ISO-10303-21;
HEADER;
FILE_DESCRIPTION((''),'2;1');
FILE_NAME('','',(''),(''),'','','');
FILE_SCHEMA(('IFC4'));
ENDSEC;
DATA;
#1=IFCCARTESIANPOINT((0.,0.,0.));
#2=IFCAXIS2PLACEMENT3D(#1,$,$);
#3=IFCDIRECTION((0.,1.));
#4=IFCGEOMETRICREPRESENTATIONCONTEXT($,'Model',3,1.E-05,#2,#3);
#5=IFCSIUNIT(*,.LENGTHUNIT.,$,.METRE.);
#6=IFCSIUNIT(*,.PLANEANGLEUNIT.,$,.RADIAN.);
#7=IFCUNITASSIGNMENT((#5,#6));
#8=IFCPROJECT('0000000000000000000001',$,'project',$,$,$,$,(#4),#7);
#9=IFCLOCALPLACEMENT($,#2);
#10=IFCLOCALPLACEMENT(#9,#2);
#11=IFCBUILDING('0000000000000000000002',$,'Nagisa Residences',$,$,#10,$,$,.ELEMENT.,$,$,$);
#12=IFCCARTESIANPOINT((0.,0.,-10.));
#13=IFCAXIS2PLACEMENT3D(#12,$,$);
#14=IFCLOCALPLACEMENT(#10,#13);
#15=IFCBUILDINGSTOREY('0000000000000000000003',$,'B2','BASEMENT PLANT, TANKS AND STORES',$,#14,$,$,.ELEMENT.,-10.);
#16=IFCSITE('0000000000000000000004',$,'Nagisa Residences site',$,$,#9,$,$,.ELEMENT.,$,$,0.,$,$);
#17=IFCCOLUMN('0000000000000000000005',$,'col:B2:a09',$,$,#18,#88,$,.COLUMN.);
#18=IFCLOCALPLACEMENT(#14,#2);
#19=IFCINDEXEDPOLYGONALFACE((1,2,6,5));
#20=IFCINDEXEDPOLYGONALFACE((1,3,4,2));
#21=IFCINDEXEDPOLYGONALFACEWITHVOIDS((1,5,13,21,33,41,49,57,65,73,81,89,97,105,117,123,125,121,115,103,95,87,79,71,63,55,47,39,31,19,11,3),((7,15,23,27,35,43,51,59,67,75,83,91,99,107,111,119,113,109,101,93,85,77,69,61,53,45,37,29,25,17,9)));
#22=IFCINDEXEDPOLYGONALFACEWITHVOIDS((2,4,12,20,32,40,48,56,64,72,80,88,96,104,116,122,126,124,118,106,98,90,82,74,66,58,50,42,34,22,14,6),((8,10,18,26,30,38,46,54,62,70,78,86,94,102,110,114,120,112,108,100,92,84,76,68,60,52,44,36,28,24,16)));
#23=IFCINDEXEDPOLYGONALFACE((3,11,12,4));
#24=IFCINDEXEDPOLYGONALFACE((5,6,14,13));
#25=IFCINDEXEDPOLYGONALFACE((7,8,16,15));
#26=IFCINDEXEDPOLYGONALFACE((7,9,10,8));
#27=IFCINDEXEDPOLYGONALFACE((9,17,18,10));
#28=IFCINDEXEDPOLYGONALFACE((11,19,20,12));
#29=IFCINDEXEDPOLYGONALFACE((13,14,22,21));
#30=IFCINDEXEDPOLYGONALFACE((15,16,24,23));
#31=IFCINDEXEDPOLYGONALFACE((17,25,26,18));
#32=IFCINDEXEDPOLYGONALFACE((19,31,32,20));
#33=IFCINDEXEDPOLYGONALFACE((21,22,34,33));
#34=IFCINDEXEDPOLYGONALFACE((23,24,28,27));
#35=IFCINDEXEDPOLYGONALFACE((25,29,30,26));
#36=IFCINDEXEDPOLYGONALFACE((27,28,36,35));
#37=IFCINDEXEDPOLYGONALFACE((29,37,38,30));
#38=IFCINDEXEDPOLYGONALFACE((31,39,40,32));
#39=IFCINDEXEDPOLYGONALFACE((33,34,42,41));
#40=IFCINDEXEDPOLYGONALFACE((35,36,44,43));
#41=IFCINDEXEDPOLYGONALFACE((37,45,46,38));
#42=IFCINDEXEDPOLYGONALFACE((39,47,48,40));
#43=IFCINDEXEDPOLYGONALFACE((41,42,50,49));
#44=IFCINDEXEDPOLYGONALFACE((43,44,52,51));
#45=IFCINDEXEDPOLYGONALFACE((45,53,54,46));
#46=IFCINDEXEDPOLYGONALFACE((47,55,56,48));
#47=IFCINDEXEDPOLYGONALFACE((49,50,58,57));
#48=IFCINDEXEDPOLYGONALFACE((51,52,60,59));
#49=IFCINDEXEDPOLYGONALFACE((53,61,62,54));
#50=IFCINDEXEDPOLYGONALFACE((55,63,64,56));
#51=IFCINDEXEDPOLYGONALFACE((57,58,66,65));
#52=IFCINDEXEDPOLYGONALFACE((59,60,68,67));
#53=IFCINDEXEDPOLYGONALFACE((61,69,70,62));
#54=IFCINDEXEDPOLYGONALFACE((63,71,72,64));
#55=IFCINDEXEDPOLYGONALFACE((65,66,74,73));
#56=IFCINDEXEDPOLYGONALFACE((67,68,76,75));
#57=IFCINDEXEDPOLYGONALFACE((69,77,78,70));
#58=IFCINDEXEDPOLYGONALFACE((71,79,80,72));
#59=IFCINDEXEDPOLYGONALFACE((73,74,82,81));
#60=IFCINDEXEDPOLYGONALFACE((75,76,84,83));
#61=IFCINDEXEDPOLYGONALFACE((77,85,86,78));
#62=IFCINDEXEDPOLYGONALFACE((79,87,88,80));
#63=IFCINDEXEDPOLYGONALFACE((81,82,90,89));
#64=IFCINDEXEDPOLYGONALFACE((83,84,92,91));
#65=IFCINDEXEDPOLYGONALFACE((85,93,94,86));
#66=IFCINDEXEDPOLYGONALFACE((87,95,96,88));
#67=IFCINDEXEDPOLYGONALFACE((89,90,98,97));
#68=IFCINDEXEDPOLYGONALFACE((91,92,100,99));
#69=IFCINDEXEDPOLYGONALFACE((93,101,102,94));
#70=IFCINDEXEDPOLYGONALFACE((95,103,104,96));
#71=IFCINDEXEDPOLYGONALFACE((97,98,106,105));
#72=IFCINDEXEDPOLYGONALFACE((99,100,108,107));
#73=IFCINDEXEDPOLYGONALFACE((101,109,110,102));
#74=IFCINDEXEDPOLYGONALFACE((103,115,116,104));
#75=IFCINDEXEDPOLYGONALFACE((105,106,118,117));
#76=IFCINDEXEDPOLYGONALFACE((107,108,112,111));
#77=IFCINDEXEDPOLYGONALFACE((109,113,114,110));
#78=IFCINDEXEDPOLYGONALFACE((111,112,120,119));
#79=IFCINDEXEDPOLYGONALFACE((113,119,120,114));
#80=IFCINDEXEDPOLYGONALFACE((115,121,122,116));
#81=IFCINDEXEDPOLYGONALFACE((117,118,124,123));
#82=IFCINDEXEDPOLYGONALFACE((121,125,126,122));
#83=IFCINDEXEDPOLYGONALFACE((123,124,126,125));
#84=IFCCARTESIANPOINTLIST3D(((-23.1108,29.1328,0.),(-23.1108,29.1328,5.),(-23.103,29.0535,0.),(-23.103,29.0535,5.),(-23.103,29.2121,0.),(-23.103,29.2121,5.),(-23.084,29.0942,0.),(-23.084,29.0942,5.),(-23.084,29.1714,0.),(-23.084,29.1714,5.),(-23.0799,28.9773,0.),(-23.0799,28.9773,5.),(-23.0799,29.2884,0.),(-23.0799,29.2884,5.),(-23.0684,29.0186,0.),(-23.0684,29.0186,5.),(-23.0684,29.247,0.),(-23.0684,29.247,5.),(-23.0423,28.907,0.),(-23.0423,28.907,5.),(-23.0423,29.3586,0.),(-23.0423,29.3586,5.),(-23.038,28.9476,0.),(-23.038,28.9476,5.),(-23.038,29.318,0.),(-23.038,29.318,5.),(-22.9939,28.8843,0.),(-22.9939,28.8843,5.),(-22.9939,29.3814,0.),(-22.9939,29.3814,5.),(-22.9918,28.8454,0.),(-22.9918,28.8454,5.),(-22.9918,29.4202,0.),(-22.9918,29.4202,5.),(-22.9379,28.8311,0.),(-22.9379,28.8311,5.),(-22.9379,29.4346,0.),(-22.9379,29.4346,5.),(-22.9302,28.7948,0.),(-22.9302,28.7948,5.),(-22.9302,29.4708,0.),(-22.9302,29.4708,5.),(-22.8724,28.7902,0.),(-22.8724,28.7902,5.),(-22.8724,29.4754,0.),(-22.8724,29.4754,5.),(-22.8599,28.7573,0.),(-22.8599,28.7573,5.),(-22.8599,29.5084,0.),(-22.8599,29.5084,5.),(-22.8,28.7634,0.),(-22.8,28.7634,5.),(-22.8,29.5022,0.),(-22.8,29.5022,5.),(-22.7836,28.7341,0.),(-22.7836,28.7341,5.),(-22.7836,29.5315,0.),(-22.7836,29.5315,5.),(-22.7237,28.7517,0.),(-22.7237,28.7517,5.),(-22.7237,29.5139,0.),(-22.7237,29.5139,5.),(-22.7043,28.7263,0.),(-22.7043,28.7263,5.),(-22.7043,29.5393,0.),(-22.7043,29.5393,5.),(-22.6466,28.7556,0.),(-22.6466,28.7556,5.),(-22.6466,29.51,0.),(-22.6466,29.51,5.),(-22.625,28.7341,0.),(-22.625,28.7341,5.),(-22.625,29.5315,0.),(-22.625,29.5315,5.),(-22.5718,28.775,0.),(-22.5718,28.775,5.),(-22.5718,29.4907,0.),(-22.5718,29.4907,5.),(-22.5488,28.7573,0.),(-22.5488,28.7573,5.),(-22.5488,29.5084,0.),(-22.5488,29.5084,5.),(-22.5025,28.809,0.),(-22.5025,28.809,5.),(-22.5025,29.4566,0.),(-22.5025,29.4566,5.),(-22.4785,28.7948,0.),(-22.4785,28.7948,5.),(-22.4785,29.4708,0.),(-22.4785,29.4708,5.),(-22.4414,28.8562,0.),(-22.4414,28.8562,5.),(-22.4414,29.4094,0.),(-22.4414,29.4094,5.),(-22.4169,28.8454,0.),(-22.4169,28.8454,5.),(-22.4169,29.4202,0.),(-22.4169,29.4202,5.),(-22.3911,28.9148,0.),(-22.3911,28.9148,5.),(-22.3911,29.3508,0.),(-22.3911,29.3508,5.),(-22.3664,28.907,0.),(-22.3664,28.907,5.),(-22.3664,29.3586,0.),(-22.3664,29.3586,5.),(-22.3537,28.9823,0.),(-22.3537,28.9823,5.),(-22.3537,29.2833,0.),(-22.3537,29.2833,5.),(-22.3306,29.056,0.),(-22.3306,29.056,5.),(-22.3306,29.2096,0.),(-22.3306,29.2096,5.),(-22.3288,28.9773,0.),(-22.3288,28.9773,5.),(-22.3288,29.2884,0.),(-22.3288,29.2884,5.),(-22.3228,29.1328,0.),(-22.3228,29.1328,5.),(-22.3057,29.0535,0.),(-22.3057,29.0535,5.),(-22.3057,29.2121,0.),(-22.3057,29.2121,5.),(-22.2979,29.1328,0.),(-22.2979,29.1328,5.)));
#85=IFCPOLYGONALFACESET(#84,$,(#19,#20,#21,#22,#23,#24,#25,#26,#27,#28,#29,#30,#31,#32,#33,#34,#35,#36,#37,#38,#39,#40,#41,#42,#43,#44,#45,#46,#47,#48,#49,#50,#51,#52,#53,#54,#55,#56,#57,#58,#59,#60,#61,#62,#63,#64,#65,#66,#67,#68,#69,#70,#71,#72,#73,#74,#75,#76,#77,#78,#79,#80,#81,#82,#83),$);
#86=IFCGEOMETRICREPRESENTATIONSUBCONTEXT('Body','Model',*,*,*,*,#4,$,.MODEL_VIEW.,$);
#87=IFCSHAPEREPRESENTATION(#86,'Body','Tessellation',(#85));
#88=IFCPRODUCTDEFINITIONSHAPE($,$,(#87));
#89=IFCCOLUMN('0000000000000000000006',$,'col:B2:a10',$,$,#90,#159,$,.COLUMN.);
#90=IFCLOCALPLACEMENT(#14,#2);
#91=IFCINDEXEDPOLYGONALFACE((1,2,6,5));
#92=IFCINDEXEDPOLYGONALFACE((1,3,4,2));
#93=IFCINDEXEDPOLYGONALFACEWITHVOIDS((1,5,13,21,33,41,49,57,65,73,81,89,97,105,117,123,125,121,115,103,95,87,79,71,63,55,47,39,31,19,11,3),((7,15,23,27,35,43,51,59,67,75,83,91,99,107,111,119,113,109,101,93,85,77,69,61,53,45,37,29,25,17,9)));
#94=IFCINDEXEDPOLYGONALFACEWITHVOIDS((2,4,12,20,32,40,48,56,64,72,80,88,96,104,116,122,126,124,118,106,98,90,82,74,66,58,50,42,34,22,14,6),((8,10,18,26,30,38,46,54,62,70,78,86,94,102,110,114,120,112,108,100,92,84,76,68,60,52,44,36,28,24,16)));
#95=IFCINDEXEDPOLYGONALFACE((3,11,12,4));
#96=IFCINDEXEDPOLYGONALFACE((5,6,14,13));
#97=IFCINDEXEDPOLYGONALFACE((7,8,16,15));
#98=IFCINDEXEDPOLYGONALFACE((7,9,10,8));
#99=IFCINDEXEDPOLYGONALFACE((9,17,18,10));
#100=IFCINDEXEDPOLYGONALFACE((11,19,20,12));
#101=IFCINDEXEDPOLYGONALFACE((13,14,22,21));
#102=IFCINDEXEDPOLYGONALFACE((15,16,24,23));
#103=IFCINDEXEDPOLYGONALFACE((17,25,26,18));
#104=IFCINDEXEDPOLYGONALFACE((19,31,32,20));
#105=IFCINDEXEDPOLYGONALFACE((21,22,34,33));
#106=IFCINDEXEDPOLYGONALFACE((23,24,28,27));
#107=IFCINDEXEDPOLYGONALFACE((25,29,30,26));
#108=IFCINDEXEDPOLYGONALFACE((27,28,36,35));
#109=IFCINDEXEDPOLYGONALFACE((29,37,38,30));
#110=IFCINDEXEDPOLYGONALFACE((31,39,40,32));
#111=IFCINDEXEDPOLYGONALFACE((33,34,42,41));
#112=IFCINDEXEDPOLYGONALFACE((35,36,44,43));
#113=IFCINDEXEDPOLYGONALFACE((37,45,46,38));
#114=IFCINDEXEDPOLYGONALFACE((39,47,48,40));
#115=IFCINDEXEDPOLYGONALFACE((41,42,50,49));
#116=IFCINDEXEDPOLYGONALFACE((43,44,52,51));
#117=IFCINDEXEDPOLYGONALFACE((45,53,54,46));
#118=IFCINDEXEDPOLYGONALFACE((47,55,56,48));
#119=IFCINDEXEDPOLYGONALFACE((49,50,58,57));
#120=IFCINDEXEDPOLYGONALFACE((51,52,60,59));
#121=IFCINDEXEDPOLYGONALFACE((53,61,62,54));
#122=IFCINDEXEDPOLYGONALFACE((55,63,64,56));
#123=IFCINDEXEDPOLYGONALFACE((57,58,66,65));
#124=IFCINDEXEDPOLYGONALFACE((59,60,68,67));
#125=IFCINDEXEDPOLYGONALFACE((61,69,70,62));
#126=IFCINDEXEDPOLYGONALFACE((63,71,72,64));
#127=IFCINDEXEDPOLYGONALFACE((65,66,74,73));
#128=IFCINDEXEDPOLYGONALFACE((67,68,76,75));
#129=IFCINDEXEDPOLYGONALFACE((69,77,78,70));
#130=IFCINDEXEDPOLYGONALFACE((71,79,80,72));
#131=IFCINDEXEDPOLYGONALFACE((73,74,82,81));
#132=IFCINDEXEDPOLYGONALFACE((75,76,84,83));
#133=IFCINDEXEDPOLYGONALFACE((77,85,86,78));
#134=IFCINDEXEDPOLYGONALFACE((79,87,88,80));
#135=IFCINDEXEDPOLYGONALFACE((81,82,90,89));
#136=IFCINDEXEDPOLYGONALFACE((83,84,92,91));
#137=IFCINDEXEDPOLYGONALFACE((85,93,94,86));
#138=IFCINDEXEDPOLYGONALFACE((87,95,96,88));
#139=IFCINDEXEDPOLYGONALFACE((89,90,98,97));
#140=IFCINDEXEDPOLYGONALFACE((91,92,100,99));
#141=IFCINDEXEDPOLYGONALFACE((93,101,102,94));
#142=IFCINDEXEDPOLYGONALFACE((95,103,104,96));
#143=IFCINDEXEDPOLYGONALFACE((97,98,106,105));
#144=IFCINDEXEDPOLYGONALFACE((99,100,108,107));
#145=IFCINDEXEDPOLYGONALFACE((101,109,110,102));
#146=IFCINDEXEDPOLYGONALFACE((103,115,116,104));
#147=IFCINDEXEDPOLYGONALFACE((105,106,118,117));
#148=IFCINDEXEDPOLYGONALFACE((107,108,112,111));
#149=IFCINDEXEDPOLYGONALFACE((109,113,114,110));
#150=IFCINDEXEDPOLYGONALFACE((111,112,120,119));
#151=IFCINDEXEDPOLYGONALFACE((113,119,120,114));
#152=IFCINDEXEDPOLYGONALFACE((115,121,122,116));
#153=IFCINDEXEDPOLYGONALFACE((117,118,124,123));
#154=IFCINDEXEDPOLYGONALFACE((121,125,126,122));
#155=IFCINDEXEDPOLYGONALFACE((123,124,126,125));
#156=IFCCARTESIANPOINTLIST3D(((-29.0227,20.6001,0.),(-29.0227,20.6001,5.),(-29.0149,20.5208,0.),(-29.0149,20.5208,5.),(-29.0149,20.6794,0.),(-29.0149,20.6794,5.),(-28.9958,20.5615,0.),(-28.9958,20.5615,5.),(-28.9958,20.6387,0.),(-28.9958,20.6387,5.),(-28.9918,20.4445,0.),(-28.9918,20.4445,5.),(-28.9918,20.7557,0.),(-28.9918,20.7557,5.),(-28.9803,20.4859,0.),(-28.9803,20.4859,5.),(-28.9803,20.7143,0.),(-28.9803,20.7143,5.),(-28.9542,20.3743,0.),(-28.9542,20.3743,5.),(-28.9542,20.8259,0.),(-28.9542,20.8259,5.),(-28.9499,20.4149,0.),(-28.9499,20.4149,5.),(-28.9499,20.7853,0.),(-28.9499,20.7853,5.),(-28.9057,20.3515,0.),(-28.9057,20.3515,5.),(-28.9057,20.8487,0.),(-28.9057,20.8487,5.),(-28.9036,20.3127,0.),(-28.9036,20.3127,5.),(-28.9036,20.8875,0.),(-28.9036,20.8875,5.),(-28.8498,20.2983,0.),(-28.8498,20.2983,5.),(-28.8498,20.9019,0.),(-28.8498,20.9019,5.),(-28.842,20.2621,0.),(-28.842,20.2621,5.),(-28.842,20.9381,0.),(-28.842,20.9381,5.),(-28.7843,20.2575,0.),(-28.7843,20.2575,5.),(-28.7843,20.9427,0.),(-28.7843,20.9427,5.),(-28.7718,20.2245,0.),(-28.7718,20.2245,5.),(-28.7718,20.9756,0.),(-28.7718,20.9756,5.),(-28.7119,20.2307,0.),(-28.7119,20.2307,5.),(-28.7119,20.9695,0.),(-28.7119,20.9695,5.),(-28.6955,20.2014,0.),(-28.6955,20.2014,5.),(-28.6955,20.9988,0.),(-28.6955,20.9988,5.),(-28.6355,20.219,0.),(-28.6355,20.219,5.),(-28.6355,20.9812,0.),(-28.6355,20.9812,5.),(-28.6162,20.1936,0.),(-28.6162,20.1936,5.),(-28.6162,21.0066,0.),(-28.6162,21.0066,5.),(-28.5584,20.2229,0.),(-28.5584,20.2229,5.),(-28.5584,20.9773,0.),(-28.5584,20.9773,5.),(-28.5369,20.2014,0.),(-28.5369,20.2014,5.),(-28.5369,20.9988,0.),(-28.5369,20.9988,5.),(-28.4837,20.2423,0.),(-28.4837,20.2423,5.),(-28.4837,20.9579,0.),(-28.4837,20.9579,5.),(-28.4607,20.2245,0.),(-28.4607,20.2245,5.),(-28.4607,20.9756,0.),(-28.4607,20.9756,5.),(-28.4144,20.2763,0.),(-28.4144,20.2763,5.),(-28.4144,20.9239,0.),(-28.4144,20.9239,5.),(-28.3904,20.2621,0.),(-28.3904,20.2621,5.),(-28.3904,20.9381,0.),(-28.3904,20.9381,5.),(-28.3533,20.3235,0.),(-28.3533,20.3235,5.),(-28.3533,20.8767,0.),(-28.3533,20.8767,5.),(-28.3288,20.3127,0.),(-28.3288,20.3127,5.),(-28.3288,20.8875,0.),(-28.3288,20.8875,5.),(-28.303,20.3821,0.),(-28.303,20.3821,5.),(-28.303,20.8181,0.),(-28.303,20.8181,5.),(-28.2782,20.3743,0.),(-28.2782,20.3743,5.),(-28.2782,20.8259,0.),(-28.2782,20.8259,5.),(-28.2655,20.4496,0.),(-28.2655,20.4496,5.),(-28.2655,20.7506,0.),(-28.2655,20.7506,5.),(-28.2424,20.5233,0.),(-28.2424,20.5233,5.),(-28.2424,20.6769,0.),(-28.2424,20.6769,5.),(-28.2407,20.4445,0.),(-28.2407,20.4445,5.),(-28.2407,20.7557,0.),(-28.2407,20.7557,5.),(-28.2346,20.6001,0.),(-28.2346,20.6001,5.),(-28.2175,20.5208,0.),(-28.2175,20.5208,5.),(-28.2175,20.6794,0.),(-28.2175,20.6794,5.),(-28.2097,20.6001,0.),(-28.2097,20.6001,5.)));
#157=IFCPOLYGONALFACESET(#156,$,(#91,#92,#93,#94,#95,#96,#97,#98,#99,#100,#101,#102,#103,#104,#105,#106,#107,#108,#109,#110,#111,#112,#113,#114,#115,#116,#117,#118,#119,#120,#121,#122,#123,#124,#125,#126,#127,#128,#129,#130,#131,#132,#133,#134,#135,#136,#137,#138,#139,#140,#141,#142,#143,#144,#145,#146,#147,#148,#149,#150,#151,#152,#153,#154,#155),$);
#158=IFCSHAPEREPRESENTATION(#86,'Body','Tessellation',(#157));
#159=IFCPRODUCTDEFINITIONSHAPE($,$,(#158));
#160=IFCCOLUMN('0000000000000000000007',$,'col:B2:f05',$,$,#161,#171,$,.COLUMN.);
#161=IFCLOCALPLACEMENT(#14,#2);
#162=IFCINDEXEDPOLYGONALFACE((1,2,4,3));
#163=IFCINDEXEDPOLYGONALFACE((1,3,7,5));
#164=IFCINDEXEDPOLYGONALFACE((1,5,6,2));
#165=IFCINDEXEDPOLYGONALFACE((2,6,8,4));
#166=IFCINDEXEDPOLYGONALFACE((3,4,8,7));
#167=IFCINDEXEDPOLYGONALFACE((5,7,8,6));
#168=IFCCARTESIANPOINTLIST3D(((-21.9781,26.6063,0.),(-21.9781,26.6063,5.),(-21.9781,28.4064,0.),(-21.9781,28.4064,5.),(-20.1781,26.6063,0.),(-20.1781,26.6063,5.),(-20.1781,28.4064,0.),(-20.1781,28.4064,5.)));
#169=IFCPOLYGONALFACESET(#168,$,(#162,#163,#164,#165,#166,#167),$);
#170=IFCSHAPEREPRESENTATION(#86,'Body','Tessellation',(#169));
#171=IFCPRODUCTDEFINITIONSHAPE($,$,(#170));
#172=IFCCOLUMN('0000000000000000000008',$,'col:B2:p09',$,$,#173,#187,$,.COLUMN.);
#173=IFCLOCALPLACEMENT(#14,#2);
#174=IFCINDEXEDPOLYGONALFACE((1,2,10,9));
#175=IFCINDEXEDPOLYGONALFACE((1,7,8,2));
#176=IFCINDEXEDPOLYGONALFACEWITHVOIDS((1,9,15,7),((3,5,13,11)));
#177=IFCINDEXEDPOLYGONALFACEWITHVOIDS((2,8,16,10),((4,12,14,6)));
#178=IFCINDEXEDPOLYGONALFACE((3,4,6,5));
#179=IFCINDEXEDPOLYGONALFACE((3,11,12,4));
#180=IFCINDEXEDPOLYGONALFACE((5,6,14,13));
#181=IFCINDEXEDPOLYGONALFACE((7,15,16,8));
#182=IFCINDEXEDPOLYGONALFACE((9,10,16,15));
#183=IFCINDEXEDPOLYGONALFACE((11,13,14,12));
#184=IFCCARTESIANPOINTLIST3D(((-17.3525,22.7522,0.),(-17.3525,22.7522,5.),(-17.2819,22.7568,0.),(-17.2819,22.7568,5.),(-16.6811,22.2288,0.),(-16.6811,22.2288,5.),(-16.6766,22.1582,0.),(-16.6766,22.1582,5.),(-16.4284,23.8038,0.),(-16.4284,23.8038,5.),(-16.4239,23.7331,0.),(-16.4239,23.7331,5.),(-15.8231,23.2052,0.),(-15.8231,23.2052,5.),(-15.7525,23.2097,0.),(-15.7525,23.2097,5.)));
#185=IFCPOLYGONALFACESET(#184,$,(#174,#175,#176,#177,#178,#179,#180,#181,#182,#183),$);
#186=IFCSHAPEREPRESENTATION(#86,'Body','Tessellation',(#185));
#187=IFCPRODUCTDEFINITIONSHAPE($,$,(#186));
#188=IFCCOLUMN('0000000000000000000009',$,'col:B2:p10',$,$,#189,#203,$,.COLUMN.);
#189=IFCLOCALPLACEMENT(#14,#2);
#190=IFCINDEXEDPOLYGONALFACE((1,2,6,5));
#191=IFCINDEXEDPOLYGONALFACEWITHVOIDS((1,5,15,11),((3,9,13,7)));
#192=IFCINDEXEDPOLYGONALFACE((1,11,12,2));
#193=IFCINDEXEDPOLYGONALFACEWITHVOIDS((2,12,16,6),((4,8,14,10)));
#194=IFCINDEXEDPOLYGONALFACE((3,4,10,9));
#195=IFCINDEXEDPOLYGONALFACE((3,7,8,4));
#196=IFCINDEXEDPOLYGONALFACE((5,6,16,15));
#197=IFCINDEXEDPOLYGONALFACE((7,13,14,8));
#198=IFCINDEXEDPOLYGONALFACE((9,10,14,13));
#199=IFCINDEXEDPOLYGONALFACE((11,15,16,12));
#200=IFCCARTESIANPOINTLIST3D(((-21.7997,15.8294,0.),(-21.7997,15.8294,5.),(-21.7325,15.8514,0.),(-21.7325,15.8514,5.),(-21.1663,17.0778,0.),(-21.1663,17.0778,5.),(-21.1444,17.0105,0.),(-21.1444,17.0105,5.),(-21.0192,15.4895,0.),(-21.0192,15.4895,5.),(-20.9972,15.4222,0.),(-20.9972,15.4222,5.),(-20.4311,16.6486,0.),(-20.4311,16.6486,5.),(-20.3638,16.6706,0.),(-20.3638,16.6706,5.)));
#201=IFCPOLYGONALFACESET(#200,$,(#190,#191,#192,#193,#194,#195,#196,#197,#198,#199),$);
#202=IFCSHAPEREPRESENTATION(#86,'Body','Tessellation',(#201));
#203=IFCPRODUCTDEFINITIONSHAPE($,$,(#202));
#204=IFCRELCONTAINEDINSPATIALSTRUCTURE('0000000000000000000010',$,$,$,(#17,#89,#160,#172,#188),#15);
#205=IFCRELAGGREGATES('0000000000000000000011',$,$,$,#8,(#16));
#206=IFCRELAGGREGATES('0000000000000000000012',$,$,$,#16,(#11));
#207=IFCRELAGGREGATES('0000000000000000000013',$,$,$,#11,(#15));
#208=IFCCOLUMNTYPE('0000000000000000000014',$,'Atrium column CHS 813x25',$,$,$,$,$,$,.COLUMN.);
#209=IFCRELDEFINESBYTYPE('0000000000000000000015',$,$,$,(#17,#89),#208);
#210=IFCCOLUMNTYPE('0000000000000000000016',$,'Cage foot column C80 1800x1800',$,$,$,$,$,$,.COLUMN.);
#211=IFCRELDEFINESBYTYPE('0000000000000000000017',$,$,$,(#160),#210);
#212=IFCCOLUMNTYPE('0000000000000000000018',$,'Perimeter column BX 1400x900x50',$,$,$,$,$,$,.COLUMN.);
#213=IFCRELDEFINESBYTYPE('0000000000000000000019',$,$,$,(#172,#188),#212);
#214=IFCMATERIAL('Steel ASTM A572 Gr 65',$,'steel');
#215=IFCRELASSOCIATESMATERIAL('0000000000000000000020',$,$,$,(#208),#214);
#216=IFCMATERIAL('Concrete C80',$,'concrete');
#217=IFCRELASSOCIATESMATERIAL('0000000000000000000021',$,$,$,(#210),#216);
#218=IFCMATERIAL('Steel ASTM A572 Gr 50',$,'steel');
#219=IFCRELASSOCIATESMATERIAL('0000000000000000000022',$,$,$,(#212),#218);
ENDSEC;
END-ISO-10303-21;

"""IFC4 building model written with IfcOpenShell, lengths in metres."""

from ifc_helpers import new_model, si_unit, direction, frame, origin, origin_2d, place, context, subcontext, project, spatial, rectangle, hollow_rectangle, hollow_circle, extrude, material, material_profile, profile_set, type_object, element, save


model = new_model("IFC4")

# Units and contexts
model_context = context("Model", 3, precision=1e-05, world=origin(), true_north=direction((0.0, 1.0)))
body_context = subcontext(model_context, "Body", "Model", "MODEL_VIEW")
ifc_project = project(units=[si_unit("LENGTHUNIT", "METRE"), si_unit("PLANEANGLEUNIT", "RADIAN")], contexts=[model_context])

# Site, building, storey
site_placement = place(None, origin())
site = spatial("IfcSite", under=ifc_project, at=site_placement, Name="Nagisa Residences site", CompositionType="ELEMENT", RefElevation=0.0)
building_placement = place(site_placement, origin())
building = spatial("IfcBuilding", under=site, at=building_placement, Name="Nagisa Residences", CompositionType="ELEMENT")
storey_placement = place(building_placement, frame((0.0, 0.0, -10.0)))
storey = spatial("IfcBuildingStorey", under=building, at=storey_placement, Name="B2", Description="BASEMENT PLANT, TANKS AND STORES", CompositionType="ELEMENT", Elevation=-10.0)

# Columns
ifc_material_1 = material(Name="Steel ASTM A572 Gr 65", Category="steel")
ifc_material_profile_1 = material_profile(ifc_material_1, hollow_circle(Radius=0.4065, WallThickness=0.0249, at=origin_2d()), Name="CHS 813x25")
ifc_profile_set_1 = profile_set([ifc_material_profile_1], Name="Steel ASTM A572 Gr 65")
column_type_1 = type_object("IfcColumnType", Name="Atrium column CHS 813x25", PredefinedType="COLUMN", material=ifc_profile_set_1)
for number, where, z_axis, x_axis, name in (
    (1, (-22.7043, 29.1328, 0.0), (0.0, 0.0, 1.0), (1.0, 0.0, 0.0), "col:B2:a09"),
    (2, (-28.6162, 20.6001, 0.0), (0.0, 0.0, 1.0), (1.0, 0.0, 0.0), "col:B2:a10"),
):
    element("IfcColumn", number, at=place(storey_placement, frame(where, z_axis=z_axis, x_axis=x_axis)), inside=storey, type_object=column_type_1, Name=name, PredefinedType="COLUMN", context=body_context, shape_type="SweptSolid", body=[
        extrude(hollow_circle(Radius=0.4065, WallThickness=0.0249, at=origin_2d()), origin(), (0.0, 0.0, 1.0), 5.0),
    ])
ifc_material_2 = material(Name="Concrete C80", Category="concrete")
ifc_material_profile_2 = material_profile(ifc_material_2, rectangle(XDim=1.8, YDim=1.8, at=origin_2d()), Name="C80 1800x1800")
ifc_profile_set_2 = profile_set([ifc_material_profile_2], Name="Concrete C80")
column_type_2 = type_object("IfcColumnType", Name="Cage foot column C80 1800x1800", PredefinedType="COLUMN", material=ifc_profile_set_2)
column_placement = place(storey_placement, frame((-21.0781, 27.5063, 0.0), z_axis=(0.0, 0.0, 1.0), x_axis=(1.0, 0.0, 0.0)))
element("IfcColumn", 3, at=column_placement, inside=storey, type_object=column_type_2, Name="col:B2:f05", PredefinedType="COLUMN", context=body_context, shape_type="SweptSolid", body=[
    extrude(rectangle(XDim=1.8, YDim=1.8, at=origin_2d()), origin(), (0.0, 0.0, 1.0), 5.0),
])
ifc_material_3 = material(Name="Steel ASTM A572 Gr 50", Category="steel")
ifc_material_profile_3 = material_profile(ifc_material_3, hollow_rectangle(XDim=1.3999, YDim=0.8999, WallThickness=0.05, at=origin_2d()), Name="BX 1400x900x50")
ifc_profile_set_3 = profile_set([ifc_material_profile_3], Name="Steel ASTM A572 Gr 50")
column_type_3 = type_object("IfcColumnType", Name="Perimeter column BX 1400x900x50", PredefinedType="COLUMN", material=ifc_profile_set_3)
for number, where, z_axis, x_axis, name in (
    (4, (-16.5525, 22.981, 0.0), (0.0, 0.0, 1.0), (-0.660115, -0.751165, 0.0), "col:B2:p09"),
    (5, (-21.0818, 16.25, 0.0), (0.0, 0.0, 1.0), (-0.452463, -0.891783, 0.0), "col:B2:p10"),
):
    element("IfcColumn", number, at=place(storey_placement, frame(where, z_axis=z_axis, x_axis=x_axis)), inside=storey, type_object=column_type_3, Name=name, PredefinedType="COLUMN", context=body_context, shape_type="SweptSolid", body=[
        extrude(hollow_rectangle(XDim=1.3999, YDim=0.8999, WallThickness=0.05, at=origin_2d()), origin(), (0.0, 0.0, 1.0), 5.0),
    ])

save(model, "model.ifc")
